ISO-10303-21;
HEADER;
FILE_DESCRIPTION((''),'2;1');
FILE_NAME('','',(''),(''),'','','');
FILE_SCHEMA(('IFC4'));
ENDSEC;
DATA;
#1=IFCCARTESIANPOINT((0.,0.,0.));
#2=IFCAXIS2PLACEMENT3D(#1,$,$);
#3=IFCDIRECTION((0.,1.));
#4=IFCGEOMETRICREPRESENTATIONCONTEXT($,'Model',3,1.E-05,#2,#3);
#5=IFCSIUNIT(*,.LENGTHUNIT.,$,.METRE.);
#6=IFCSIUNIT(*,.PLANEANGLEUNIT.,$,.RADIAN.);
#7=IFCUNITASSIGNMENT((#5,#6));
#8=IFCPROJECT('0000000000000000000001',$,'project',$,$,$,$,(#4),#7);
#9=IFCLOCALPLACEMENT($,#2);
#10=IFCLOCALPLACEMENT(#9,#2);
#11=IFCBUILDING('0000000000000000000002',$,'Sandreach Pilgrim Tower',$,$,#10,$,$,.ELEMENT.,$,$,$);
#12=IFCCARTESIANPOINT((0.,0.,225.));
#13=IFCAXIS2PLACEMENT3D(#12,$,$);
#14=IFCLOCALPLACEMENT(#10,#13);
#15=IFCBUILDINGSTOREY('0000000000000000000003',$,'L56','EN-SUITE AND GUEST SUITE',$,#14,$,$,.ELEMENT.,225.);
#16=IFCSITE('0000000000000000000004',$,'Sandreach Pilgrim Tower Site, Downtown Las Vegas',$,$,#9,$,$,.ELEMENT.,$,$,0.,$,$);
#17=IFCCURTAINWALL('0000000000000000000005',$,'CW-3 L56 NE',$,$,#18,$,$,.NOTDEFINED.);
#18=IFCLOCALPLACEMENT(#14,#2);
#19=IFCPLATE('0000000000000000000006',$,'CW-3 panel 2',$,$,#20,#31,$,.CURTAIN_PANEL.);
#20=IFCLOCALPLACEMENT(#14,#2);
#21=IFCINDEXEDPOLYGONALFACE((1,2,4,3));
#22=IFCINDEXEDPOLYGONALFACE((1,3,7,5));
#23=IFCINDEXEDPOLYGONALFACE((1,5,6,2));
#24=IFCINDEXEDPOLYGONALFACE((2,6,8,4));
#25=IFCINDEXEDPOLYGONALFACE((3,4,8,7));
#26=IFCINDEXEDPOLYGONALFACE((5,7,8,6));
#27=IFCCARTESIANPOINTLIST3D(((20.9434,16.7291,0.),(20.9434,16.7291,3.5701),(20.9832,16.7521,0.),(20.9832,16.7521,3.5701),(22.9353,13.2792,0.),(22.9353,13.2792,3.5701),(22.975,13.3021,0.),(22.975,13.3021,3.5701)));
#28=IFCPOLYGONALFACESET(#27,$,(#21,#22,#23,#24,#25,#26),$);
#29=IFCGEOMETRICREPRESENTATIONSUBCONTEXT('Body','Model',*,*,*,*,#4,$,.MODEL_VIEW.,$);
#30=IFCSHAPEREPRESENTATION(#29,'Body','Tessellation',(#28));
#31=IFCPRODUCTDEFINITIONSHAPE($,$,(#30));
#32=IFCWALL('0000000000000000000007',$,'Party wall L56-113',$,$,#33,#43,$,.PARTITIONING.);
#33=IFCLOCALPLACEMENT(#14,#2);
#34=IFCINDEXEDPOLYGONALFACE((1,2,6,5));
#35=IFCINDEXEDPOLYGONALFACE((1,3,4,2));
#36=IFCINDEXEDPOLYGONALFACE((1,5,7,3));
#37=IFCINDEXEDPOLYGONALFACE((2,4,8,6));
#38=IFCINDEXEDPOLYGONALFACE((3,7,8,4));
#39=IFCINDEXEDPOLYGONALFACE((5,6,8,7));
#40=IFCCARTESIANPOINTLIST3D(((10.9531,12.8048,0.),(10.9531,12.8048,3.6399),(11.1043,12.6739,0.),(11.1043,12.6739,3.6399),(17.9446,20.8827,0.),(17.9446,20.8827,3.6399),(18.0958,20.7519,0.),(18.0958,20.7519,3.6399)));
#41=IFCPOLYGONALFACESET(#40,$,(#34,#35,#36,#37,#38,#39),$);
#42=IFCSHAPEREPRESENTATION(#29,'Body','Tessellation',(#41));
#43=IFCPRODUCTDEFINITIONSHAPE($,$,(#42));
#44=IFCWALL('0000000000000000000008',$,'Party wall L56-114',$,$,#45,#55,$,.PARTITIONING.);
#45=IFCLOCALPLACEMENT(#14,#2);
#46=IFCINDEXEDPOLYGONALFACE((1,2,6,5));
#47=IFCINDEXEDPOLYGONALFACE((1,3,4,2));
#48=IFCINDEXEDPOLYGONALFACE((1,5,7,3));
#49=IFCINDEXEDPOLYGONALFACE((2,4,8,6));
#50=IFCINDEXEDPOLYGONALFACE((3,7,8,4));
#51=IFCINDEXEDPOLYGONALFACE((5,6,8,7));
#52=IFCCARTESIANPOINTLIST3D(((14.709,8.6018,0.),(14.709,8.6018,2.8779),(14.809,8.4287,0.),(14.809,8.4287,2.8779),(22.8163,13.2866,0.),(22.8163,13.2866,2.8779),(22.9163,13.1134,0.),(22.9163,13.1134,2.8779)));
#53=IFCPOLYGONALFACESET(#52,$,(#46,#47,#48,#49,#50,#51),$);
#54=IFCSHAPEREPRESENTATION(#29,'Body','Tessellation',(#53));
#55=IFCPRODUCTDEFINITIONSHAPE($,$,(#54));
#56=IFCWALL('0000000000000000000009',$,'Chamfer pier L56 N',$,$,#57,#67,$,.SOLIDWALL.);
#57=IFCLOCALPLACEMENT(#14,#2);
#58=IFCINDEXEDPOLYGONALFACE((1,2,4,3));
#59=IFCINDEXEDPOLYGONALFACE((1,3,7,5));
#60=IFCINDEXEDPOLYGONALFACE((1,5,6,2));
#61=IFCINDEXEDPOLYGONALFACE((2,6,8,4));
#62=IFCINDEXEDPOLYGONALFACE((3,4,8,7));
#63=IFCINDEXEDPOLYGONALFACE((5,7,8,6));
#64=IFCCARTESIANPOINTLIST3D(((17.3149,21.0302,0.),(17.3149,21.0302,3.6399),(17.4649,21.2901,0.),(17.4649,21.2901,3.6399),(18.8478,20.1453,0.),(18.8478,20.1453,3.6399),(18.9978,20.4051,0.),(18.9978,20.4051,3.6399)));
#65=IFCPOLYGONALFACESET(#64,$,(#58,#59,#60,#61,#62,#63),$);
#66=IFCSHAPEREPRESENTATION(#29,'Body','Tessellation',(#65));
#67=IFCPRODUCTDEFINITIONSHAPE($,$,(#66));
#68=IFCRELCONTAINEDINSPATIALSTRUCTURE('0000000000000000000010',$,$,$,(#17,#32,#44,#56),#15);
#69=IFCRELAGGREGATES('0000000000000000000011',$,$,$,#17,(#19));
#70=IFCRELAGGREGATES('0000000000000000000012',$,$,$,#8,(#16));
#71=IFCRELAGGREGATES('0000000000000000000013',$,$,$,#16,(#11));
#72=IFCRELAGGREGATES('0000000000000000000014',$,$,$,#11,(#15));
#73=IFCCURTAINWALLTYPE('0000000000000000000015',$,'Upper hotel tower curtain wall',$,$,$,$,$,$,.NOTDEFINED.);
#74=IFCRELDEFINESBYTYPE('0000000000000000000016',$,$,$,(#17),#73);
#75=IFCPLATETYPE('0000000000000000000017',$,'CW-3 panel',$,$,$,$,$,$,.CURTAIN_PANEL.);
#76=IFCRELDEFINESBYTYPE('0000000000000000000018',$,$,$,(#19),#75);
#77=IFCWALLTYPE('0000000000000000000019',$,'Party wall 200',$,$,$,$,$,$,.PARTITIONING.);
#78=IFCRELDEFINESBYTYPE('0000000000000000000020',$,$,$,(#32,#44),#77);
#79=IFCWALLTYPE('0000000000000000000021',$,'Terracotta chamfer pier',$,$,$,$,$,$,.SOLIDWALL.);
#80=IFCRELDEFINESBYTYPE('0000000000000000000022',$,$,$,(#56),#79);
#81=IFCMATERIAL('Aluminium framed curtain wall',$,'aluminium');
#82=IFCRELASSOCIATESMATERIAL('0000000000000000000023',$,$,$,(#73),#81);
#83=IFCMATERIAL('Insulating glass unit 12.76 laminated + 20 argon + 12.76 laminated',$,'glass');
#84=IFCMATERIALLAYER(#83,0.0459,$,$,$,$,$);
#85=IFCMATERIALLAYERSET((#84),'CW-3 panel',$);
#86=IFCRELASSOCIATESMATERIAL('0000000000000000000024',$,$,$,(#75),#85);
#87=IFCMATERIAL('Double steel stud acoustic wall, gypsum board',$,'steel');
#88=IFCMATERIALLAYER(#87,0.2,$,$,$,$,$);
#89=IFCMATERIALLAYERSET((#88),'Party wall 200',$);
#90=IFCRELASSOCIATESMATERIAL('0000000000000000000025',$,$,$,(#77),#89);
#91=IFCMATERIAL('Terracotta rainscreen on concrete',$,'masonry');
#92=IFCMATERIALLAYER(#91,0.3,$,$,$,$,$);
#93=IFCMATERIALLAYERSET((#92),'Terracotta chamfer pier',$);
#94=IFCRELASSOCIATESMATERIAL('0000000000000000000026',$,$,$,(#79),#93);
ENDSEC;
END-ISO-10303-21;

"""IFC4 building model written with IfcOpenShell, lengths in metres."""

from ifc_helpers import new_model, si_unit, direction, frame, frame_2d, origin, origin_2d, place, context, subcontext, project, spatial, rectangle, extrude, material, layer, layer_set, type_object, element, aggregate, save


model = new_model("IFC4")

# Units and contexts
model_context = context("Model", 3, precision=1e-05, world=origin(), true_north=direction((0.0, 1.0)))
body_context = subcontext(model_context, "Body", "Model", "MODEL_VIEW")
ifc_project = project(units=[si_unit("LENGTHUNIT", "METRE"), si_unit("PLANEANGLEUNIT", "RADIAN")], contexts=[model_context])

# Site, building, storey
site_placement = place(None, origin())
site = spatial("IfcSite", under=ifc_project, at=site_placement, Name="Sandreach Pilgrim Tower Site, Downtown Las Vegas", CompositionType="ELEMENT", RefElevation=0.0)
building_placement = place(site_placement, origin())
building = spatial("IfcBuilding", under=site, at=building_placement, Name="Sandreach Pilgrim Tower", CompositionType="ELEMENT")
storey_placement = place(building_placement, frame((0.0, 0.0, 225.0)))
storey = spatial("IfcBuildingStorey", under=building, at=storey_placement, Name="L56", Description="EN-SUITE AND GUEST SUITE", CompositionType="ELEMENT", Elevation=225.0)

# Curtain wall
ifc_material_1 = material(Name="Aluminium framed curtain wall", Category="aluminium")
curtain_wall_type = type_object("IfcCurtainWallType", Name="Upper hotel tower curtain wall", PredefinedType="NOTDEFINED", material=ifc_material_1)
curtain_wall_1_placement = place(storey_placement, origin())
curtain_wall_1 = element("IfcCurtainWall", 1, at=curtain_wall_1_placement, inside=storey, type_object=curtain_wall_type, Name="CW-3 L56 NE", PredefinedType="NOTDEFINED")

# Plate
ifc_material_2 = material(Name="Insulating glass unit 12.76 laminated + 20 argon + 12.76 laminated", Category="glass")
ifc_layer_1 = layer(ifc_material_2, 0.0459)
ifc_layer_set_1 = layer_set([ifc_layer_1], Name="CW-3 panel")
plate_type = type_object("IfcPlateType", Name="CW-3 panel", PredefinedType="CURTAIN_PANEL", material=ifc_layer_set_1)
plate_1_placement = place(storey_placement, frame((21.9592, 15.0156, 0.0), z_axis=(0.0, 0.0, 1.0), x_axis=(0.5, -0.866025, 0.0)))
plate_1 = element("IfcPlate", 2, at=plate_1_placement, type_object=plate_type, Name="CW-3 panel 2", PredefinedType="CURTAIN_PANEL", context=body_context, shape_type="SweptSolid", body=[
    extrude(rectangle(XDim=3.9836, YDim=0.0459, at=origin_2d()), origin(), (0.0, 0.0, 1.0), 3.5701),
])
aggregate(curtain_wall_1, [plate_1])

# Walls
ifc_material_3 = material(Name="Double steel stud acoustic wall, gypsum board", Category="steel")
ifc_layer_2 = layer(ifc_material_3, 0.2)
ifc_layer_set_2 = layer_set([ifc_layer_2], Name="Party wall 200")
wall_type_1 = type_object("IfcWallType", Name="Party wall 200", PredefinedType="PARTITIONING", material=ifc_layer_set_2)
wall_1_placement = place(storey_placement, frame((18.0203, 20.8174, 0.0), z_axis=(0.0, 0.0, 1.0), x_axis=(-0.654429, -0.756123, 0.0)))
element("IfcWall", 3, at=wall_1_placement, inside=storey, type_object=wall_type_1, Name="Party wall L56-113", PredefinedType="PARTITIONING", context=body_context, shape_type="SweptSolid", body=[
    extrude(rectangle(XDim=10.6833, YDim=0.2, at=frame_2d((5.3418, 0.0))), origin(), (0.0, 0.0, 1.0), 3.6399),
])
wall_2_placement = place(storey_placement, frame((22.8662, 13.2, 0.0), z_axis=(0.0, 0.0, 1.0), x_axis=(-0.865841, -0.50032, 0.0)))
element("IfcWall", 4, at=wall_2_placement, inside=storey, type_object=wall_type_1, Name="Party wall L56-114", PredefinedType="PARTITIONING", context=body_context, shape_type="SweptSolid", body=[
    extrude(rectangle(XDim=9.3635, YDim=0.2, at=frame_2d((4.6816, 0.0))), origin(), (0.0, 0.0, 1.0), 2.8779),
])
ifc_material_4 = material(Name="Terracotta rainscreen on concrete", Category="masonry")
ifc_layer_3 = layer(ifc_material_4, 0.3)
ifc_layer_set_3 = layer_set([ifc_layer_3], Name="Terracotta chamfer pier")
wall_type_2 = type_object("IfcWallType", Name="Terracotta chamfer pier", PredefinedType="SOLIDWALL", material=ifc_layer_set_3)
wall_3_placement = place(storey_placement, frame((17.3899, 21.1602, 0.0), z_axis=(0.0, 0.0, 1.0), x_axis=(0.866036, -0.499981, 0.0)))
element("IfcWall", 5, at=wall_3_placement, inside=storey, type_object=wall_type_2, Name="Chamfer pier L56 N", PredefinedType="SOLIDWALL", context=body_context, shape_type="SweptSolid", body=[
    extrude(rectangle(XDim=1.77, YDim=0.3, at=frame_2d((0.885, 0.0))), origin(), (0.0, 0.0, 1.0), 3.6399),
])

save(model, "model.ifc")
